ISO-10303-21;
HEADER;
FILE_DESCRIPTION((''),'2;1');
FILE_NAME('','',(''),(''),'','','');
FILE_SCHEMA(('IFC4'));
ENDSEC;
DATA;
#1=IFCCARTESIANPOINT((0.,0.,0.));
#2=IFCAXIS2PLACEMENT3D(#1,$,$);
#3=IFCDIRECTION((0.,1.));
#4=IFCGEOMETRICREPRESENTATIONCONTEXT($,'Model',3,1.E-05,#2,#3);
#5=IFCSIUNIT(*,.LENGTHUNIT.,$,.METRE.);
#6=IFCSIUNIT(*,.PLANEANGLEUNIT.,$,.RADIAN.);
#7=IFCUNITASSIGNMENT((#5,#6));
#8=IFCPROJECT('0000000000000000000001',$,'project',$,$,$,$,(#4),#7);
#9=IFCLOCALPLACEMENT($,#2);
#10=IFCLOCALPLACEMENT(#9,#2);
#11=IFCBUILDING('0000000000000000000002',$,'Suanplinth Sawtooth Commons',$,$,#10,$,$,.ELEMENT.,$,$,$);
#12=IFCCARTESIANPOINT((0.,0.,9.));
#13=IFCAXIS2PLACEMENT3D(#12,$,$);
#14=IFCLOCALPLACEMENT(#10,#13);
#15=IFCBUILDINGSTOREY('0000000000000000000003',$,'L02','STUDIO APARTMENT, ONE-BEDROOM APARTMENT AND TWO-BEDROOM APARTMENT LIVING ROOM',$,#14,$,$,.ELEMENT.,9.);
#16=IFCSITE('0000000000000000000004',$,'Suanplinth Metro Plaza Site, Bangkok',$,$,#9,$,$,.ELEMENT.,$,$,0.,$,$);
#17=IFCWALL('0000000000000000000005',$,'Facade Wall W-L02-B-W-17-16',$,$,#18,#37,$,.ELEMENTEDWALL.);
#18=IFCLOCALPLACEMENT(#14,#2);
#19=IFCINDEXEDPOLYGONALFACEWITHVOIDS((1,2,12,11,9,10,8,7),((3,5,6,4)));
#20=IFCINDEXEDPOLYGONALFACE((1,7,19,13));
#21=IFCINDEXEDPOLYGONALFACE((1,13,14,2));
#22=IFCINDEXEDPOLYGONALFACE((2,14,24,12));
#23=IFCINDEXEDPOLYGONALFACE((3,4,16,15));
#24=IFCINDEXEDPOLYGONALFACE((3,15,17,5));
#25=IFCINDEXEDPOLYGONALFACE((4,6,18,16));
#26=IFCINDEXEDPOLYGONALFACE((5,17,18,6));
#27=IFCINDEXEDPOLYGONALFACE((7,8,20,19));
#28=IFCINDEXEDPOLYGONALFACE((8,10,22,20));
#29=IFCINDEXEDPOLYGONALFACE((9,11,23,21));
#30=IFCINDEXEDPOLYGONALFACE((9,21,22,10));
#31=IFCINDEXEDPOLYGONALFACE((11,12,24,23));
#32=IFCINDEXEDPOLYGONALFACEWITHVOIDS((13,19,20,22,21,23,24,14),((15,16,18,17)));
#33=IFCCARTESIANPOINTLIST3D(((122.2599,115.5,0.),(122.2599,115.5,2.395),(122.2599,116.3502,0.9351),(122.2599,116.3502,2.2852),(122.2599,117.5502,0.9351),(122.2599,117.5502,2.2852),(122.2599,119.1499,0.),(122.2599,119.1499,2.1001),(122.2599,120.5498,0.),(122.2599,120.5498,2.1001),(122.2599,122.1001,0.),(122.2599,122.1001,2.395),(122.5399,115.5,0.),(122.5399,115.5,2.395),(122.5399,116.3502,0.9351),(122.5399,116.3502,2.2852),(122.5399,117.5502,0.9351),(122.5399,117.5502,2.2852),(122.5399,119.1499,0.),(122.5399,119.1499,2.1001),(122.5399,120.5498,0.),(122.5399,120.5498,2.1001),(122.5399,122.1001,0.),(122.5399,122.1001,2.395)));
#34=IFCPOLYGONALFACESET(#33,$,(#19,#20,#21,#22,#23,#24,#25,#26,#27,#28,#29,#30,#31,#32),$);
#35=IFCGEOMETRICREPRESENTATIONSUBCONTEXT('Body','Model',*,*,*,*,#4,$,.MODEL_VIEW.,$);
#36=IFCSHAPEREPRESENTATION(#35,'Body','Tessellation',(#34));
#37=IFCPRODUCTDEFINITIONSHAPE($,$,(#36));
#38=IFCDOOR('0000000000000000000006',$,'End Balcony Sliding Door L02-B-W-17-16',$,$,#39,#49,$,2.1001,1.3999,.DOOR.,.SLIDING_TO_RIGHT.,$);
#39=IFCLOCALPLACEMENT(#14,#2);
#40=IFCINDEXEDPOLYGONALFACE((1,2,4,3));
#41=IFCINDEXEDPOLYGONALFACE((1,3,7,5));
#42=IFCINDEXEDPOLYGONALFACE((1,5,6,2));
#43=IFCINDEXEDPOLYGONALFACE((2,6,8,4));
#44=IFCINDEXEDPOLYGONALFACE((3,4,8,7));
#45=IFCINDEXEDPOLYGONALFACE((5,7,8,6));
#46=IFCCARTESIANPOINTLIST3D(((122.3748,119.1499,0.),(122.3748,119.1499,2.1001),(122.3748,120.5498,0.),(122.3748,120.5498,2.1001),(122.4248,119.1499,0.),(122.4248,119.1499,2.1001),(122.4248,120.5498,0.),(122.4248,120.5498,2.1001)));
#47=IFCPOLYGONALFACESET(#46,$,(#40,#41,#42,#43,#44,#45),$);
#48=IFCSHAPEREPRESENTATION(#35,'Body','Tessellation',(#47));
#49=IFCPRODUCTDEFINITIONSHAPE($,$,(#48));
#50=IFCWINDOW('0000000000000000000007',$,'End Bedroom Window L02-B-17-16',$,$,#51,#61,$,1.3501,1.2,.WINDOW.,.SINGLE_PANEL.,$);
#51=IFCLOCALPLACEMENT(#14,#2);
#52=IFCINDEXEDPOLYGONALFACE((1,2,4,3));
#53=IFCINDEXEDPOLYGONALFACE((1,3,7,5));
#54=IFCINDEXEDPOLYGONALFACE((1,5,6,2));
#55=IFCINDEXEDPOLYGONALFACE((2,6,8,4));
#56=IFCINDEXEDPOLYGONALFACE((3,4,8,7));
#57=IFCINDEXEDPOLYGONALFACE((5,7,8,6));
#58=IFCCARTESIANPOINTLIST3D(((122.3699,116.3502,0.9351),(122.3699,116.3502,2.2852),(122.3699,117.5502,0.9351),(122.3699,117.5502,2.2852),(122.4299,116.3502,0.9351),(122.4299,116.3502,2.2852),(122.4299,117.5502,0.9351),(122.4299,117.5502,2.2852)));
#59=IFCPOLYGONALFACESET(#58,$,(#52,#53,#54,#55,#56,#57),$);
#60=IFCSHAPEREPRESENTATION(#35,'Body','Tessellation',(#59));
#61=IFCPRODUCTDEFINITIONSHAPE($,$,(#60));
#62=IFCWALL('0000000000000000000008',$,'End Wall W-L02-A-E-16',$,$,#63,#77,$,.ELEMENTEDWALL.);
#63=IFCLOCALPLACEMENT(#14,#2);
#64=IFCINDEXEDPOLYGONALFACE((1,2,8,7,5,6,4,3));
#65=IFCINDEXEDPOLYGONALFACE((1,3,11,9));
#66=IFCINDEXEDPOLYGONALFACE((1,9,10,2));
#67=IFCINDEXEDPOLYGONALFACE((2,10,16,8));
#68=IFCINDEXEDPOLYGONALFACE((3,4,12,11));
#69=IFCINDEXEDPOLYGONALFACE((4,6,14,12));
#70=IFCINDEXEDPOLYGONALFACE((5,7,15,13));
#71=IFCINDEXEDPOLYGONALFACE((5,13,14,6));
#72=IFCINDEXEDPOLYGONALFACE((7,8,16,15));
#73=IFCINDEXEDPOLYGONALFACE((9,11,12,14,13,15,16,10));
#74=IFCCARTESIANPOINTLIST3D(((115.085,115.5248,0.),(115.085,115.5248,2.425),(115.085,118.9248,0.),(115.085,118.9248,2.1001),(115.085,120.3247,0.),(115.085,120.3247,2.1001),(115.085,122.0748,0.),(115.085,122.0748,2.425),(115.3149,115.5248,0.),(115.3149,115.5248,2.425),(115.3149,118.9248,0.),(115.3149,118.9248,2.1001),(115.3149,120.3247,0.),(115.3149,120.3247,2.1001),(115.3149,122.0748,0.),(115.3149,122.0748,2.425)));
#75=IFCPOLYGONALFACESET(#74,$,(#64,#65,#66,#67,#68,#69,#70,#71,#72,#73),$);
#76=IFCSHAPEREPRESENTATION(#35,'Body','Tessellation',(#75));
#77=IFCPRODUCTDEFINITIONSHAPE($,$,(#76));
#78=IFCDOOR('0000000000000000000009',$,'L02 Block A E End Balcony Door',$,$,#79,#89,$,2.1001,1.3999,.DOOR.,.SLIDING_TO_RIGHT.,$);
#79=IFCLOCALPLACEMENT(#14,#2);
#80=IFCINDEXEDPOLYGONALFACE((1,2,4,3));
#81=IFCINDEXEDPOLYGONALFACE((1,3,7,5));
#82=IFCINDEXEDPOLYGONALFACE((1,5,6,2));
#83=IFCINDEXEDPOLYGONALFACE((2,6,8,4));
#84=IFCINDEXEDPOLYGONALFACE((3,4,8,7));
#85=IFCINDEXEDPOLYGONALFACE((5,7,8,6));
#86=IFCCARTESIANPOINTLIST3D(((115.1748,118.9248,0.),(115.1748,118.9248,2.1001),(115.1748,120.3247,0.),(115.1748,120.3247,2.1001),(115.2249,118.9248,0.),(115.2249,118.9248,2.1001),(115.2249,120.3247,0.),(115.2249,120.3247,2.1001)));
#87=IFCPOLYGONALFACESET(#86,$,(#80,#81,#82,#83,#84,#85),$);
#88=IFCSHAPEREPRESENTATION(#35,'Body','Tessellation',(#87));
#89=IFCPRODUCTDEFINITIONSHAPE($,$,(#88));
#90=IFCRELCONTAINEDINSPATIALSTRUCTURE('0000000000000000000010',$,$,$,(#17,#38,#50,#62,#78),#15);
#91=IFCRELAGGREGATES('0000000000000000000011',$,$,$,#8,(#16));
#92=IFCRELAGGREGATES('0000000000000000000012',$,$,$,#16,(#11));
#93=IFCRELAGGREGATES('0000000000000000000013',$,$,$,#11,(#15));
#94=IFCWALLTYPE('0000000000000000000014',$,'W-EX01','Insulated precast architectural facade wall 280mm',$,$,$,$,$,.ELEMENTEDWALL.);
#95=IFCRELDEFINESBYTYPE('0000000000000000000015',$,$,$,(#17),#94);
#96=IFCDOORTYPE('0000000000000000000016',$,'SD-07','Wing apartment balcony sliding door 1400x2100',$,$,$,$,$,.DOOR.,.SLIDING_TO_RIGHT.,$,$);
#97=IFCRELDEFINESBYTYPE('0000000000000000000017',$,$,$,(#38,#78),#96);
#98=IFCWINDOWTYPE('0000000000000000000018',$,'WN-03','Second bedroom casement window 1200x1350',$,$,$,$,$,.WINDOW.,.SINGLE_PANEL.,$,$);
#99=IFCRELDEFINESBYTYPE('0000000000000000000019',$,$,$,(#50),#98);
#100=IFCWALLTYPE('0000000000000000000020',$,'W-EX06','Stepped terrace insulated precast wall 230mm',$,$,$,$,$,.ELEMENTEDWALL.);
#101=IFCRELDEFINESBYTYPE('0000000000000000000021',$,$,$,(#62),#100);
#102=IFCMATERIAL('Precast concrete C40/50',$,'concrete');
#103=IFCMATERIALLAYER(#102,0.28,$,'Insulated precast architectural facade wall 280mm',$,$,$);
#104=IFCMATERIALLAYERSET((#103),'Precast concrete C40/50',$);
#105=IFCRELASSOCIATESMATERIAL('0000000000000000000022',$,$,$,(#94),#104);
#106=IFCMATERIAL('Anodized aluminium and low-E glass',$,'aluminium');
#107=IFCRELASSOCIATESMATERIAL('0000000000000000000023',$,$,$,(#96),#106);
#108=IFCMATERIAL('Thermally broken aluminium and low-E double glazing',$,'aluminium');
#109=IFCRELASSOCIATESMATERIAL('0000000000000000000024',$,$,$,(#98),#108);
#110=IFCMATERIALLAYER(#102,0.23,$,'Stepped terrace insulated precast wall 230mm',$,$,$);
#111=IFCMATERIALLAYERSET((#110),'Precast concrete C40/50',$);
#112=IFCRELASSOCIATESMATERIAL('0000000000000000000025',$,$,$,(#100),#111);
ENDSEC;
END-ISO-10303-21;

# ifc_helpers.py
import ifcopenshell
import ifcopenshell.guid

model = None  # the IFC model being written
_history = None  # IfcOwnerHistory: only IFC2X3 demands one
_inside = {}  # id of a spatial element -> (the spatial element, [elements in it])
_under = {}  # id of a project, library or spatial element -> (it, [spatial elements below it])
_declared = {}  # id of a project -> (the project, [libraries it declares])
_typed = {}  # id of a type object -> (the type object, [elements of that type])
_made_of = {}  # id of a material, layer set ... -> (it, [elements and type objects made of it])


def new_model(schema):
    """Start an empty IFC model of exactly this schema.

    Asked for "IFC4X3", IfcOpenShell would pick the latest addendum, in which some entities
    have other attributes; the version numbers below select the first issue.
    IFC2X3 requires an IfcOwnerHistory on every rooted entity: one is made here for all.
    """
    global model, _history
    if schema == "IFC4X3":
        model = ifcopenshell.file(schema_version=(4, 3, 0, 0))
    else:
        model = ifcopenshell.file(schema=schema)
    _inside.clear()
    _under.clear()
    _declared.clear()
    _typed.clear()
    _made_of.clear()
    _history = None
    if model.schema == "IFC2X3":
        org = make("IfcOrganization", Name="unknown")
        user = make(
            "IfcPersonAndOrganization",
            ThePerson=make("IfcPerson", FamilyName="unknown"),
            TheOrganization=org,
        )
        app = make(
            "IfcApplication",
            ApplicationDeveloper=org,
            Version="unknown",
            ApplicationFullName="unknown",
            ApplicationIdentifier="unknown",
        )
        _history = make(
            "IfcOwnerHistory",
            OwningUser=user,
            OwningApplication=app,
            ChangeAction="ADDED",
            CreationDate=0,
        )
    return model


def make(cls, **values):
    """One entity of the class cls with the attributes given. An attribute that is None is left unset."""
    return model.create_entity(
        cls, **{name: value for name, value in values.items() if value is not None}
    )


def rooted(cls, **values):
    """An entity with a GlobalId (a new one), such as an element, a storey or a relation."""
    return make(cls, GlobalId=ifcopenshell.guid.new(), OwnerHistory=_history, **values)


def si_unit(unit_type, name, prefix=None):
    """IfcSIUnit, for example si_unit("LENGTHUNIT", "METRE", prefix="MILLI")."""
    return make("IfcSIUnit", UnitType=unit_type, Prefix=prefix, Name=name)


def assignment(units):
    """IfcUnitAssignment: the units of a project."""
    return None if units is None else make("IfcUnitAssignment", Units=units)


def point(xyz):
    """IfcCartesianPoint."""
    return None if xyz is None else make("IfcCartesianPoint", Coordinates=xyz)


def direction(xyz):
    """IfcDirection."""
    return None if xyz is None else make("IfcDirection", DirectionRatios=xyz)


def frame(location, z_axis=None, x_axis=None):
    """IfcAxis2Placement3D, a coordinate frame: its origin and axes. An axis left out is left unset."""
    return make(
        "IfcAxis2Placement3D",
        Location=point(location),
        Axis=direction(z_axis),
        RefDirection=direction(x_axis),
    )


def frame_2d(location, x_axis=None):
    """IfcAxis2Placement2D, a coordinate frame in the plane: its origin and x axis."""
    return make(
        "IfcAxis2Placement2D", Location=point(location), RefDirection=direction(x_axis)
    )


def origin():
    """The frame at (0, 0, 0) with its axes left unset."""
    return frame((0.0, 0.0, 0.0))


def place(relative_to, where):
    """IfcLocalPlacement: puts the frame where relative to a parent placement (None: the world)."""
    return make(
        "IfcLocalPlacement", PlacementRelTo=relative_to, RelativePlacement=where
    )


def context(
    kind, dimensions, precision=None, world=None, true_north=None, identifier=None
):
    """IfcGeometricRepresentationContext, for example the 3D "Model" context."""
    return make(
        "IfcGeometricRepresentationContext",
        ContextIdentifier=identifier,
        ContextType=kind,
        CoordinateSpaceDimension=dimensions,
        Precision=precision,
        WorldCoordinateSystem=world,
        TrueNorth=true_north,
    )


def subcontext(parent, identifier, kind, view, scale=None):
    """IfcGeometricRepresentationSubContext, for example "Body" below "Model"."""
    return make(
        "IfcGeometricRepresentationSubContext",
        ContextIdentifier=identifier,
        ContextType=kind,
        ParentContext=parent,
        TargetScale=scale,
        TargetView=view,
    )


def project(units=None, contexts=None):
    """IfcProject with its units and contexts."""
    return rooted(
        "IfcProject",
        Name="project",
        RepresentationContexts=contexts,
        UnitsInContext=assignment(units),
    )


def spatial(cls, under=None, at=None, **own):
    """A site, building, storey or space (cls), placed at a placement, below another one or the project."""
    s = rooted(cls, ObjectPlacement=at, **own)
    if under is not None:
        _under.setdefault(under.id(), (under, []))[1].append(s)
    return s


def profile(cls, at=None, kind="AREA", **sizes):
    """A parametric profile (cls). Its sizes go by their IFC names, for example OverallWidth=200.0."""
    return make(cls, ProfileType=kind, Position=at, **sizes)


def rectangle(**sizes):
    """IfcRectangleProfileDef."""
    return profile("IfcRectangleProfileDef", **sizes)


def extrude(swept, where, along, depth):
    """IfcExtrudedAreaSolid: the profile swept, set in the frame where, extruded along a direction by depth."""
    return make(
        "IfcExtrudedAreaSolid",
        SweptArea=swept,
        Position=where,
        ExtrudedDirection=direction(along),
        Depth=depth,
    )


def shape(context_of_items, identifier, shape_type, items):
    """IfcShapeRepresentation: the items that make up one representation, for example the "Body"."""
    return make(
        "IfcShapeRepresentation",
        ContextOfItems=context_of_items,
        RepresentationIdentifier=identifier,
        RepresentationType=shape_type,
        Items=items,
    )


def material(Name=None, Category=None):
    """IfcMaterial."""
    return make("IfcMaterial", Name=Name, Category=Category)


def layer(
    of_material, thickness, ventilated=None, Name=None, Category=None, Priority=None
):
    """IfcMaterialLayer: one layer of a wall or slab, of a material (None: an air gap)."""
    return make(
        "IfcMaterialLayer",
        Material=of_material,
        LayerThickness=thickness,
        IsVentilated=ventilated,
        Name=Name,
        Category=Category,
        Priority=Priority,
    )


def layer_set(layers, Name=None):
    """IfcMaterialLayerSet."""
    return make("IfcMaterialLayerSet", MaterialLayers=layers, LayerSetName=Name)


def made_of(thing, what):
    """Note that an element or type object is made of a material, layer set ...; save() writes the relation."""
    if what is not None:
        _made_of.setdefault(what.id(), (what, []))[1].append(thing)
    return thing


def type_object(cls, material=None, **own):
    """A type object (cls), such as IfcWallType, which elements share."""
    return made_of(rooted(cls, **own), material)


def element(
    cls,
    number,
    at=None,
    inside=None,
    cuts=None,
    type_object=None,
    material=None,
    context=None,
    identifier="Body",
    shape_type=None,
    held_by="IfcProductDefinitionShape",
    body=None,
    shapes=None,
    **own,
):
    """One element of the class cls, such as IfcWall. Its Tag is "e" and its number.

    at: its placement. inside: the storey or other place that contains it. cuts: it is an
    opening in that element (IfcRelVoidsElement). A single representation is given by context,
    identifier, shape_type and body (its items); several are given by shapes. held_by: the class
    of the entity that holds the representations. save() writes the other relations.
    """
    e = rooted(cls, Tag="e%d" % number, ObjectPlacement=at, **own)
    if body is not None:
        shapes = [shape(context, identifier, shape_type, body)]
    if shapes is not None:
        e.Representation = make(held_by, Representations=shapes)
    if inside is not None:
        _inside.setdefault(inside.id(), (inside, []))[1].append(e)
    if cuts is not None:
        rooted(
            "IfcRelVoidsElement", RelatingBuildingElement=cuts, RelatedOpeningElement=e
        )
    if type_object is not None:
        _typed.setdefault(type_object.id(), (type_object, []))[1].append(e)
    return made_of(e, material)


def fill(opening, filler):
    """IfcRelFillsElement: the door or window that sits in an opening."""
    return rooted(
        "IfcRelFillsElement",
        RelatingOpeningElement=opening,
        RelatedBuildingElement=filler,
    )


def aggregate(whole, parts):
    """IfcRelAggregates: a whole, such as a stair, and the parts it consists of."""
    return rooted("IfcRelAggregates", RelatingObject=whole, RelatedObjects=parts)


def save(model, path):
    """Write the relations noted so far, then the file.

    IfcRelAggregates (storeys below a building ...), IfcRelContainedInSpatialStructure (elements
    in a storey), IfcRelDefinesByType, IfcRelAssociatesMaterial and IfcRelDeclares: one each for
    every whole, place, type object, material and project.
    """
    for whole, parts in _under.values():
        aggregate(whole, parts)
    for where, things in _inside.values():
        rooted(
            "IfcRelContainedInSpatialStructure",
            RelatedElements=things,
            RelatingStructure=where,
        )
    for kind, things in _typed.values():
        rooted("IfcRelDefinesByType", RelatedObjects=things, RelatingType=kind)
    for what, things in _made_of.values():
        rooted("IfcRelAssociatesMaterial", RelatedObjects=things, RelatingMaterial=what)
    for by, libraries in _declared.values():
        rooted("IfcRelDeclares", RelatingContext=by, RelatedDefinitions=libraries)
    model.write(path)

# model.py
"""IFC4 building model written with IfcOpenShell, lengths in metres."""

from ifc_helpers import new_model, si_unit, direction, frame, frame_2d, origin, place, context, subcontext, project, spatial, rectangle, extrude, material, layer, layer_set, type_object, element, fill, save


model = new_model("IFC4")

# Units and contexts
model_context = context("Model", 3, precision=1e-05, world=origin(), true_north=direction((0.0, 1.0)))
body_context = subcontext(model_context, "Body", "Model", "MODEL_VIEW")
ifc_project = project(units=[si_unit("LENGTHUNIT", "METRE"), si_unit("PLANEANGLEUNIT", "RADIAN")], contexts=[model_context])

# Site, building, storey
site_placement = place(None, origin())
site = spatial("IfcSite", under=ifc_project, at=site_placement, Name="Suanplinth Metro Plaza Site, Bangkok", CompositionType="ELEMENT", RefElevation=0.0)
building_placement = place(site_placement, origin())
building = spatial("IfcBuilding", under=site, at=building_placement, Name="Suanplinth Sawtooth Commons", CompositionType="ELEMENT")
storey_placement = place(building_placement, frame((0.0, 0.0, 9.0)))
storey = spatial("IfcBuildingStorey", under=building, at=storey_placement, Name="L02", Description="STUDIO APARTMENT, ONE-BEDROOM APARTMENT AND TWO-BEDROOM APARTMENT LIVING ROOM", CompositionType="ELEMENT", Elevation=9.0)

# Shared definitions
ifc_material_1 = material(Name="Precast concrete C40/50", Category="concrete")

# Wall, openings, door, window
ifc_layer_1 = layer(ifc_material_1, 0.28, Name="Insulated precast architectural facade wall 280mm")
ifc_layer_set_1 = layer_set([ifc_layer_1], Name="Precast concrete C40/50")
wall_type_1 = type_object("IfcWallType", Name="W-EX01", Description="Insulated precast architectural facade wall 280mm", PredefinedType="ELEMENTEDWALL", material=ifc_layer_set_1)
wall_1_placement = place(storey_placement, frame((122.3999, 115.5, 0.0), z_axis=(0.0, 0.0, 1.0), x_axis=(0.0, 1.0, 0.0)))
wall_1 = element("IfcWall", 1, at=wall_1_placement, inside=storey, type_object=wall_type_1, Name="Facade Wall W-L02-B-W-17-16", PredefinedType="ELEMENTEDWALL", context=body_context, shape_type="SweptSolid", body=[
    extrude(rectangle(XDim=6.6001, YDim=0.28, at=frame_2d((3.3, 0.0))), origin(), (0.0, 0.0, 1.0), 2.395),
])
opening_1_placement = place(wall_1_placement, frame((3.6499, 0.0, 0.0)))
opening_1 = element("IfcOpeningElement", 2, at=opening_1_placement, cuts=wall_1, PredefinedType="OPENING", context=body_context, shape_type="SweptSolid", body=[
    extrude(rectangle(XDim=1.3999, YDim=2.1001, at=frame_2d((0.7, 1.05))), frame((0.0, 0.1548, 0.0), z_axis=(0.0, -1.0, 0.0), x_axis=(1.0, 0.0, 0.0)), (0.0, 0.0, 1.0), 0.3098),
])
opening_2_placement = place(wall_1_placement, frame((0.8501, 0.0, 0.9351)))
opening_2 = element("IfcOpeningElement", 3, at=opening_2_placement, cuts=wall_1, PredefinedType="OPENING", context=body_context, shape_type="SweptSolid", body=[
    extrude(rectangle(XDim=1.2, YDim=1.3501, at=frame_2d((0.6001, 0.675))), frame((0.0, 0.1548, 0.0), z_axis=(0.0, -1.0, 0.0), x_axis=(1.0, 0.0, 0.0)), (0.0, 0.0, 1.0), 0.3098),
])
ifc_material_2 = material(Name="Anodized aluminium and low-E glass", Category="aluminium")
door_type = type_object("IfcDoorType", Name="SD-07", Description="Wing apartment balcony sliding door 1400x2100", OperationType="SLIDING_TO_RIGHT", PredefinedType="DOOR", material=ifc_material_2)
door_1_placement = place(opening_1_placement, frame((1.3999, 0.0, 0.0), z_axis=(0.0, 0.0, 1.0), x_axis=(-1.0, 0.0, 0.0)))
door_1 = element("IfcDoor", 4, at=door_1_placement, inside=storey, type_object=door_type, Name="End Balcony Sliding Door L02-B-W-17-16", OperationType="SLIDING_TO_RIGHT", OverallHeight=2.1001, OverallWidth=1.3999, PredefinedType="DOOR", context=body_context, shape_type="SweptSolid", body=[
    extrude(rectangle(XDim=1.3999, YDim=2.1001, at=frame_2d((0.7, 1.05))), frame((0.0, 0.0249, 0.0), z_axis=(0.0, -1.0, 0.0), x_axis=(1.0, 0.0, 0.0)), (0.0, 0.0, 1.0), 0.05),
])
fill(opening_1, door_1)
ifc_material_3 = material(Name="Thermally broken aluminium and low-E double glazing", Category="aluminium")
window_type = type_object("IfcWindowType", Name="WN-03", Description="Second bedroom casement window 1200x1350", PartitioningType="SINGLE_PANEL", PredefinedType="WINDOW", material=ifc_material_3)
window_placement = place(opening_2_placement, origin())
window = element("IfcWindow", 5, at=window_placement, inside=storey, type_object=window_type, Name="End Bedroom Window L02-B-17-16", OverallHeight=1.3501, OverallWidth=1.2, PartitioningType="SINGLE_PANEL", PredefinedType="WINDOW", context=body_context, shape_type="SweptSolid", body=[
    extrude(rectangle(XDim=1.2, YDim=1.3501, at=frame_2d((0.6001, 0.675))), frame((0.0, 0.03, 0.0), z_axis=(0.0, -1.0, 0.0), x_axis=(1.0, 0.0, 0.0)), (0.0, 0.0, 1.0), 0.0601),
])
fill(opening_2, window)

# Wall, opening, door
ifc_layer_2 = layer(ifc_material_1, 0.23, Name="Stepped terrace insulated precast wall 230mm")
ifc_layer_set_2 = layer_set([ifc_layer_2], Name="Precast concrete C40/50")
wall_type_2 = type_object("IfcWallType", Name="W-EX06", Description="Stepped terrace insulated precast wall 230mm", PredefinedType="ELEMENTEDWALL", material=ifc_layer_set_2)
wall_2_placement = place(storey_placement, frame((115.2, 115.5249, 0.0), z_axis=(0.0, 0.0, 1.0), x_axis=(0.0, 1.0, 0.0)))
wall_2 = element("IfcWall", 6, at=wall_2_placement, inside=storey, type_object=wall_type_2, Name="End Wall W-L02-A-E-16", PredefinedType="ELEMENTEDWALL", context=body_context, shape_type="SweptSolid", body=[
    extrude(rectangle(XDim=6.55, YDim=0.23, at=frame_2d((3.2749, 0.0))), origin(), (0.0, 0.0, 1.0), 2.425),
])
opening_3_placement = place(wall_2_placement, frame((3.3999, 0.0, 0.0)))
opening_3 = element("IfcOpeningElement", 7, at=opening_3_placement, cuts=wall_2, PredefinedType="OPENING", context=body_context, shape_type="SweptSolid", body=[
    extrude(rectangle(XDim=1.3999, YDim=2.1001, at=frame_2d((0.7, 1.05))), frame((0.0, 0.1299, 0.0), z_axis=(0.0, -1.0, 0.0), x_axis=(1.0, 0.0, 0.0)), (0.0, 0.0, 1.0), 0.2598),
])
door_2_placement = place(opening_3_placement, frame((1.3999, 0.0, 0.0), z_axis=(0.0, 0.0, 1.0), x_axis=(-1.0, 0.0, 0.0)))
door_2 = element("IfcDoor", 8, at=door_2_placement, inside=storey, type_object=door_type, Name="L02 Block A E End Balcony Door", OperationType="SLIDING_TO_RIGHT", OverallHeight=2.1001, OverallWidth=1.3999, PredefinedType="DOOR", context=body_context, shape_type="SweptSolid", body=[
    extrude(rectangle(XDim=1.3999, YDim=2.1001, at=frame_2d((0.7, 1.05))), frame((0.0, 0.0249, 0.0), z_axis=(0.0, -1.0, 0.0), x_axis=(1.0, 0.0, 0.0)), (0.0, 0.0, 1.0), 0.05),
])
fill(opening_3, door_2)

save(model, "model.ifc")
